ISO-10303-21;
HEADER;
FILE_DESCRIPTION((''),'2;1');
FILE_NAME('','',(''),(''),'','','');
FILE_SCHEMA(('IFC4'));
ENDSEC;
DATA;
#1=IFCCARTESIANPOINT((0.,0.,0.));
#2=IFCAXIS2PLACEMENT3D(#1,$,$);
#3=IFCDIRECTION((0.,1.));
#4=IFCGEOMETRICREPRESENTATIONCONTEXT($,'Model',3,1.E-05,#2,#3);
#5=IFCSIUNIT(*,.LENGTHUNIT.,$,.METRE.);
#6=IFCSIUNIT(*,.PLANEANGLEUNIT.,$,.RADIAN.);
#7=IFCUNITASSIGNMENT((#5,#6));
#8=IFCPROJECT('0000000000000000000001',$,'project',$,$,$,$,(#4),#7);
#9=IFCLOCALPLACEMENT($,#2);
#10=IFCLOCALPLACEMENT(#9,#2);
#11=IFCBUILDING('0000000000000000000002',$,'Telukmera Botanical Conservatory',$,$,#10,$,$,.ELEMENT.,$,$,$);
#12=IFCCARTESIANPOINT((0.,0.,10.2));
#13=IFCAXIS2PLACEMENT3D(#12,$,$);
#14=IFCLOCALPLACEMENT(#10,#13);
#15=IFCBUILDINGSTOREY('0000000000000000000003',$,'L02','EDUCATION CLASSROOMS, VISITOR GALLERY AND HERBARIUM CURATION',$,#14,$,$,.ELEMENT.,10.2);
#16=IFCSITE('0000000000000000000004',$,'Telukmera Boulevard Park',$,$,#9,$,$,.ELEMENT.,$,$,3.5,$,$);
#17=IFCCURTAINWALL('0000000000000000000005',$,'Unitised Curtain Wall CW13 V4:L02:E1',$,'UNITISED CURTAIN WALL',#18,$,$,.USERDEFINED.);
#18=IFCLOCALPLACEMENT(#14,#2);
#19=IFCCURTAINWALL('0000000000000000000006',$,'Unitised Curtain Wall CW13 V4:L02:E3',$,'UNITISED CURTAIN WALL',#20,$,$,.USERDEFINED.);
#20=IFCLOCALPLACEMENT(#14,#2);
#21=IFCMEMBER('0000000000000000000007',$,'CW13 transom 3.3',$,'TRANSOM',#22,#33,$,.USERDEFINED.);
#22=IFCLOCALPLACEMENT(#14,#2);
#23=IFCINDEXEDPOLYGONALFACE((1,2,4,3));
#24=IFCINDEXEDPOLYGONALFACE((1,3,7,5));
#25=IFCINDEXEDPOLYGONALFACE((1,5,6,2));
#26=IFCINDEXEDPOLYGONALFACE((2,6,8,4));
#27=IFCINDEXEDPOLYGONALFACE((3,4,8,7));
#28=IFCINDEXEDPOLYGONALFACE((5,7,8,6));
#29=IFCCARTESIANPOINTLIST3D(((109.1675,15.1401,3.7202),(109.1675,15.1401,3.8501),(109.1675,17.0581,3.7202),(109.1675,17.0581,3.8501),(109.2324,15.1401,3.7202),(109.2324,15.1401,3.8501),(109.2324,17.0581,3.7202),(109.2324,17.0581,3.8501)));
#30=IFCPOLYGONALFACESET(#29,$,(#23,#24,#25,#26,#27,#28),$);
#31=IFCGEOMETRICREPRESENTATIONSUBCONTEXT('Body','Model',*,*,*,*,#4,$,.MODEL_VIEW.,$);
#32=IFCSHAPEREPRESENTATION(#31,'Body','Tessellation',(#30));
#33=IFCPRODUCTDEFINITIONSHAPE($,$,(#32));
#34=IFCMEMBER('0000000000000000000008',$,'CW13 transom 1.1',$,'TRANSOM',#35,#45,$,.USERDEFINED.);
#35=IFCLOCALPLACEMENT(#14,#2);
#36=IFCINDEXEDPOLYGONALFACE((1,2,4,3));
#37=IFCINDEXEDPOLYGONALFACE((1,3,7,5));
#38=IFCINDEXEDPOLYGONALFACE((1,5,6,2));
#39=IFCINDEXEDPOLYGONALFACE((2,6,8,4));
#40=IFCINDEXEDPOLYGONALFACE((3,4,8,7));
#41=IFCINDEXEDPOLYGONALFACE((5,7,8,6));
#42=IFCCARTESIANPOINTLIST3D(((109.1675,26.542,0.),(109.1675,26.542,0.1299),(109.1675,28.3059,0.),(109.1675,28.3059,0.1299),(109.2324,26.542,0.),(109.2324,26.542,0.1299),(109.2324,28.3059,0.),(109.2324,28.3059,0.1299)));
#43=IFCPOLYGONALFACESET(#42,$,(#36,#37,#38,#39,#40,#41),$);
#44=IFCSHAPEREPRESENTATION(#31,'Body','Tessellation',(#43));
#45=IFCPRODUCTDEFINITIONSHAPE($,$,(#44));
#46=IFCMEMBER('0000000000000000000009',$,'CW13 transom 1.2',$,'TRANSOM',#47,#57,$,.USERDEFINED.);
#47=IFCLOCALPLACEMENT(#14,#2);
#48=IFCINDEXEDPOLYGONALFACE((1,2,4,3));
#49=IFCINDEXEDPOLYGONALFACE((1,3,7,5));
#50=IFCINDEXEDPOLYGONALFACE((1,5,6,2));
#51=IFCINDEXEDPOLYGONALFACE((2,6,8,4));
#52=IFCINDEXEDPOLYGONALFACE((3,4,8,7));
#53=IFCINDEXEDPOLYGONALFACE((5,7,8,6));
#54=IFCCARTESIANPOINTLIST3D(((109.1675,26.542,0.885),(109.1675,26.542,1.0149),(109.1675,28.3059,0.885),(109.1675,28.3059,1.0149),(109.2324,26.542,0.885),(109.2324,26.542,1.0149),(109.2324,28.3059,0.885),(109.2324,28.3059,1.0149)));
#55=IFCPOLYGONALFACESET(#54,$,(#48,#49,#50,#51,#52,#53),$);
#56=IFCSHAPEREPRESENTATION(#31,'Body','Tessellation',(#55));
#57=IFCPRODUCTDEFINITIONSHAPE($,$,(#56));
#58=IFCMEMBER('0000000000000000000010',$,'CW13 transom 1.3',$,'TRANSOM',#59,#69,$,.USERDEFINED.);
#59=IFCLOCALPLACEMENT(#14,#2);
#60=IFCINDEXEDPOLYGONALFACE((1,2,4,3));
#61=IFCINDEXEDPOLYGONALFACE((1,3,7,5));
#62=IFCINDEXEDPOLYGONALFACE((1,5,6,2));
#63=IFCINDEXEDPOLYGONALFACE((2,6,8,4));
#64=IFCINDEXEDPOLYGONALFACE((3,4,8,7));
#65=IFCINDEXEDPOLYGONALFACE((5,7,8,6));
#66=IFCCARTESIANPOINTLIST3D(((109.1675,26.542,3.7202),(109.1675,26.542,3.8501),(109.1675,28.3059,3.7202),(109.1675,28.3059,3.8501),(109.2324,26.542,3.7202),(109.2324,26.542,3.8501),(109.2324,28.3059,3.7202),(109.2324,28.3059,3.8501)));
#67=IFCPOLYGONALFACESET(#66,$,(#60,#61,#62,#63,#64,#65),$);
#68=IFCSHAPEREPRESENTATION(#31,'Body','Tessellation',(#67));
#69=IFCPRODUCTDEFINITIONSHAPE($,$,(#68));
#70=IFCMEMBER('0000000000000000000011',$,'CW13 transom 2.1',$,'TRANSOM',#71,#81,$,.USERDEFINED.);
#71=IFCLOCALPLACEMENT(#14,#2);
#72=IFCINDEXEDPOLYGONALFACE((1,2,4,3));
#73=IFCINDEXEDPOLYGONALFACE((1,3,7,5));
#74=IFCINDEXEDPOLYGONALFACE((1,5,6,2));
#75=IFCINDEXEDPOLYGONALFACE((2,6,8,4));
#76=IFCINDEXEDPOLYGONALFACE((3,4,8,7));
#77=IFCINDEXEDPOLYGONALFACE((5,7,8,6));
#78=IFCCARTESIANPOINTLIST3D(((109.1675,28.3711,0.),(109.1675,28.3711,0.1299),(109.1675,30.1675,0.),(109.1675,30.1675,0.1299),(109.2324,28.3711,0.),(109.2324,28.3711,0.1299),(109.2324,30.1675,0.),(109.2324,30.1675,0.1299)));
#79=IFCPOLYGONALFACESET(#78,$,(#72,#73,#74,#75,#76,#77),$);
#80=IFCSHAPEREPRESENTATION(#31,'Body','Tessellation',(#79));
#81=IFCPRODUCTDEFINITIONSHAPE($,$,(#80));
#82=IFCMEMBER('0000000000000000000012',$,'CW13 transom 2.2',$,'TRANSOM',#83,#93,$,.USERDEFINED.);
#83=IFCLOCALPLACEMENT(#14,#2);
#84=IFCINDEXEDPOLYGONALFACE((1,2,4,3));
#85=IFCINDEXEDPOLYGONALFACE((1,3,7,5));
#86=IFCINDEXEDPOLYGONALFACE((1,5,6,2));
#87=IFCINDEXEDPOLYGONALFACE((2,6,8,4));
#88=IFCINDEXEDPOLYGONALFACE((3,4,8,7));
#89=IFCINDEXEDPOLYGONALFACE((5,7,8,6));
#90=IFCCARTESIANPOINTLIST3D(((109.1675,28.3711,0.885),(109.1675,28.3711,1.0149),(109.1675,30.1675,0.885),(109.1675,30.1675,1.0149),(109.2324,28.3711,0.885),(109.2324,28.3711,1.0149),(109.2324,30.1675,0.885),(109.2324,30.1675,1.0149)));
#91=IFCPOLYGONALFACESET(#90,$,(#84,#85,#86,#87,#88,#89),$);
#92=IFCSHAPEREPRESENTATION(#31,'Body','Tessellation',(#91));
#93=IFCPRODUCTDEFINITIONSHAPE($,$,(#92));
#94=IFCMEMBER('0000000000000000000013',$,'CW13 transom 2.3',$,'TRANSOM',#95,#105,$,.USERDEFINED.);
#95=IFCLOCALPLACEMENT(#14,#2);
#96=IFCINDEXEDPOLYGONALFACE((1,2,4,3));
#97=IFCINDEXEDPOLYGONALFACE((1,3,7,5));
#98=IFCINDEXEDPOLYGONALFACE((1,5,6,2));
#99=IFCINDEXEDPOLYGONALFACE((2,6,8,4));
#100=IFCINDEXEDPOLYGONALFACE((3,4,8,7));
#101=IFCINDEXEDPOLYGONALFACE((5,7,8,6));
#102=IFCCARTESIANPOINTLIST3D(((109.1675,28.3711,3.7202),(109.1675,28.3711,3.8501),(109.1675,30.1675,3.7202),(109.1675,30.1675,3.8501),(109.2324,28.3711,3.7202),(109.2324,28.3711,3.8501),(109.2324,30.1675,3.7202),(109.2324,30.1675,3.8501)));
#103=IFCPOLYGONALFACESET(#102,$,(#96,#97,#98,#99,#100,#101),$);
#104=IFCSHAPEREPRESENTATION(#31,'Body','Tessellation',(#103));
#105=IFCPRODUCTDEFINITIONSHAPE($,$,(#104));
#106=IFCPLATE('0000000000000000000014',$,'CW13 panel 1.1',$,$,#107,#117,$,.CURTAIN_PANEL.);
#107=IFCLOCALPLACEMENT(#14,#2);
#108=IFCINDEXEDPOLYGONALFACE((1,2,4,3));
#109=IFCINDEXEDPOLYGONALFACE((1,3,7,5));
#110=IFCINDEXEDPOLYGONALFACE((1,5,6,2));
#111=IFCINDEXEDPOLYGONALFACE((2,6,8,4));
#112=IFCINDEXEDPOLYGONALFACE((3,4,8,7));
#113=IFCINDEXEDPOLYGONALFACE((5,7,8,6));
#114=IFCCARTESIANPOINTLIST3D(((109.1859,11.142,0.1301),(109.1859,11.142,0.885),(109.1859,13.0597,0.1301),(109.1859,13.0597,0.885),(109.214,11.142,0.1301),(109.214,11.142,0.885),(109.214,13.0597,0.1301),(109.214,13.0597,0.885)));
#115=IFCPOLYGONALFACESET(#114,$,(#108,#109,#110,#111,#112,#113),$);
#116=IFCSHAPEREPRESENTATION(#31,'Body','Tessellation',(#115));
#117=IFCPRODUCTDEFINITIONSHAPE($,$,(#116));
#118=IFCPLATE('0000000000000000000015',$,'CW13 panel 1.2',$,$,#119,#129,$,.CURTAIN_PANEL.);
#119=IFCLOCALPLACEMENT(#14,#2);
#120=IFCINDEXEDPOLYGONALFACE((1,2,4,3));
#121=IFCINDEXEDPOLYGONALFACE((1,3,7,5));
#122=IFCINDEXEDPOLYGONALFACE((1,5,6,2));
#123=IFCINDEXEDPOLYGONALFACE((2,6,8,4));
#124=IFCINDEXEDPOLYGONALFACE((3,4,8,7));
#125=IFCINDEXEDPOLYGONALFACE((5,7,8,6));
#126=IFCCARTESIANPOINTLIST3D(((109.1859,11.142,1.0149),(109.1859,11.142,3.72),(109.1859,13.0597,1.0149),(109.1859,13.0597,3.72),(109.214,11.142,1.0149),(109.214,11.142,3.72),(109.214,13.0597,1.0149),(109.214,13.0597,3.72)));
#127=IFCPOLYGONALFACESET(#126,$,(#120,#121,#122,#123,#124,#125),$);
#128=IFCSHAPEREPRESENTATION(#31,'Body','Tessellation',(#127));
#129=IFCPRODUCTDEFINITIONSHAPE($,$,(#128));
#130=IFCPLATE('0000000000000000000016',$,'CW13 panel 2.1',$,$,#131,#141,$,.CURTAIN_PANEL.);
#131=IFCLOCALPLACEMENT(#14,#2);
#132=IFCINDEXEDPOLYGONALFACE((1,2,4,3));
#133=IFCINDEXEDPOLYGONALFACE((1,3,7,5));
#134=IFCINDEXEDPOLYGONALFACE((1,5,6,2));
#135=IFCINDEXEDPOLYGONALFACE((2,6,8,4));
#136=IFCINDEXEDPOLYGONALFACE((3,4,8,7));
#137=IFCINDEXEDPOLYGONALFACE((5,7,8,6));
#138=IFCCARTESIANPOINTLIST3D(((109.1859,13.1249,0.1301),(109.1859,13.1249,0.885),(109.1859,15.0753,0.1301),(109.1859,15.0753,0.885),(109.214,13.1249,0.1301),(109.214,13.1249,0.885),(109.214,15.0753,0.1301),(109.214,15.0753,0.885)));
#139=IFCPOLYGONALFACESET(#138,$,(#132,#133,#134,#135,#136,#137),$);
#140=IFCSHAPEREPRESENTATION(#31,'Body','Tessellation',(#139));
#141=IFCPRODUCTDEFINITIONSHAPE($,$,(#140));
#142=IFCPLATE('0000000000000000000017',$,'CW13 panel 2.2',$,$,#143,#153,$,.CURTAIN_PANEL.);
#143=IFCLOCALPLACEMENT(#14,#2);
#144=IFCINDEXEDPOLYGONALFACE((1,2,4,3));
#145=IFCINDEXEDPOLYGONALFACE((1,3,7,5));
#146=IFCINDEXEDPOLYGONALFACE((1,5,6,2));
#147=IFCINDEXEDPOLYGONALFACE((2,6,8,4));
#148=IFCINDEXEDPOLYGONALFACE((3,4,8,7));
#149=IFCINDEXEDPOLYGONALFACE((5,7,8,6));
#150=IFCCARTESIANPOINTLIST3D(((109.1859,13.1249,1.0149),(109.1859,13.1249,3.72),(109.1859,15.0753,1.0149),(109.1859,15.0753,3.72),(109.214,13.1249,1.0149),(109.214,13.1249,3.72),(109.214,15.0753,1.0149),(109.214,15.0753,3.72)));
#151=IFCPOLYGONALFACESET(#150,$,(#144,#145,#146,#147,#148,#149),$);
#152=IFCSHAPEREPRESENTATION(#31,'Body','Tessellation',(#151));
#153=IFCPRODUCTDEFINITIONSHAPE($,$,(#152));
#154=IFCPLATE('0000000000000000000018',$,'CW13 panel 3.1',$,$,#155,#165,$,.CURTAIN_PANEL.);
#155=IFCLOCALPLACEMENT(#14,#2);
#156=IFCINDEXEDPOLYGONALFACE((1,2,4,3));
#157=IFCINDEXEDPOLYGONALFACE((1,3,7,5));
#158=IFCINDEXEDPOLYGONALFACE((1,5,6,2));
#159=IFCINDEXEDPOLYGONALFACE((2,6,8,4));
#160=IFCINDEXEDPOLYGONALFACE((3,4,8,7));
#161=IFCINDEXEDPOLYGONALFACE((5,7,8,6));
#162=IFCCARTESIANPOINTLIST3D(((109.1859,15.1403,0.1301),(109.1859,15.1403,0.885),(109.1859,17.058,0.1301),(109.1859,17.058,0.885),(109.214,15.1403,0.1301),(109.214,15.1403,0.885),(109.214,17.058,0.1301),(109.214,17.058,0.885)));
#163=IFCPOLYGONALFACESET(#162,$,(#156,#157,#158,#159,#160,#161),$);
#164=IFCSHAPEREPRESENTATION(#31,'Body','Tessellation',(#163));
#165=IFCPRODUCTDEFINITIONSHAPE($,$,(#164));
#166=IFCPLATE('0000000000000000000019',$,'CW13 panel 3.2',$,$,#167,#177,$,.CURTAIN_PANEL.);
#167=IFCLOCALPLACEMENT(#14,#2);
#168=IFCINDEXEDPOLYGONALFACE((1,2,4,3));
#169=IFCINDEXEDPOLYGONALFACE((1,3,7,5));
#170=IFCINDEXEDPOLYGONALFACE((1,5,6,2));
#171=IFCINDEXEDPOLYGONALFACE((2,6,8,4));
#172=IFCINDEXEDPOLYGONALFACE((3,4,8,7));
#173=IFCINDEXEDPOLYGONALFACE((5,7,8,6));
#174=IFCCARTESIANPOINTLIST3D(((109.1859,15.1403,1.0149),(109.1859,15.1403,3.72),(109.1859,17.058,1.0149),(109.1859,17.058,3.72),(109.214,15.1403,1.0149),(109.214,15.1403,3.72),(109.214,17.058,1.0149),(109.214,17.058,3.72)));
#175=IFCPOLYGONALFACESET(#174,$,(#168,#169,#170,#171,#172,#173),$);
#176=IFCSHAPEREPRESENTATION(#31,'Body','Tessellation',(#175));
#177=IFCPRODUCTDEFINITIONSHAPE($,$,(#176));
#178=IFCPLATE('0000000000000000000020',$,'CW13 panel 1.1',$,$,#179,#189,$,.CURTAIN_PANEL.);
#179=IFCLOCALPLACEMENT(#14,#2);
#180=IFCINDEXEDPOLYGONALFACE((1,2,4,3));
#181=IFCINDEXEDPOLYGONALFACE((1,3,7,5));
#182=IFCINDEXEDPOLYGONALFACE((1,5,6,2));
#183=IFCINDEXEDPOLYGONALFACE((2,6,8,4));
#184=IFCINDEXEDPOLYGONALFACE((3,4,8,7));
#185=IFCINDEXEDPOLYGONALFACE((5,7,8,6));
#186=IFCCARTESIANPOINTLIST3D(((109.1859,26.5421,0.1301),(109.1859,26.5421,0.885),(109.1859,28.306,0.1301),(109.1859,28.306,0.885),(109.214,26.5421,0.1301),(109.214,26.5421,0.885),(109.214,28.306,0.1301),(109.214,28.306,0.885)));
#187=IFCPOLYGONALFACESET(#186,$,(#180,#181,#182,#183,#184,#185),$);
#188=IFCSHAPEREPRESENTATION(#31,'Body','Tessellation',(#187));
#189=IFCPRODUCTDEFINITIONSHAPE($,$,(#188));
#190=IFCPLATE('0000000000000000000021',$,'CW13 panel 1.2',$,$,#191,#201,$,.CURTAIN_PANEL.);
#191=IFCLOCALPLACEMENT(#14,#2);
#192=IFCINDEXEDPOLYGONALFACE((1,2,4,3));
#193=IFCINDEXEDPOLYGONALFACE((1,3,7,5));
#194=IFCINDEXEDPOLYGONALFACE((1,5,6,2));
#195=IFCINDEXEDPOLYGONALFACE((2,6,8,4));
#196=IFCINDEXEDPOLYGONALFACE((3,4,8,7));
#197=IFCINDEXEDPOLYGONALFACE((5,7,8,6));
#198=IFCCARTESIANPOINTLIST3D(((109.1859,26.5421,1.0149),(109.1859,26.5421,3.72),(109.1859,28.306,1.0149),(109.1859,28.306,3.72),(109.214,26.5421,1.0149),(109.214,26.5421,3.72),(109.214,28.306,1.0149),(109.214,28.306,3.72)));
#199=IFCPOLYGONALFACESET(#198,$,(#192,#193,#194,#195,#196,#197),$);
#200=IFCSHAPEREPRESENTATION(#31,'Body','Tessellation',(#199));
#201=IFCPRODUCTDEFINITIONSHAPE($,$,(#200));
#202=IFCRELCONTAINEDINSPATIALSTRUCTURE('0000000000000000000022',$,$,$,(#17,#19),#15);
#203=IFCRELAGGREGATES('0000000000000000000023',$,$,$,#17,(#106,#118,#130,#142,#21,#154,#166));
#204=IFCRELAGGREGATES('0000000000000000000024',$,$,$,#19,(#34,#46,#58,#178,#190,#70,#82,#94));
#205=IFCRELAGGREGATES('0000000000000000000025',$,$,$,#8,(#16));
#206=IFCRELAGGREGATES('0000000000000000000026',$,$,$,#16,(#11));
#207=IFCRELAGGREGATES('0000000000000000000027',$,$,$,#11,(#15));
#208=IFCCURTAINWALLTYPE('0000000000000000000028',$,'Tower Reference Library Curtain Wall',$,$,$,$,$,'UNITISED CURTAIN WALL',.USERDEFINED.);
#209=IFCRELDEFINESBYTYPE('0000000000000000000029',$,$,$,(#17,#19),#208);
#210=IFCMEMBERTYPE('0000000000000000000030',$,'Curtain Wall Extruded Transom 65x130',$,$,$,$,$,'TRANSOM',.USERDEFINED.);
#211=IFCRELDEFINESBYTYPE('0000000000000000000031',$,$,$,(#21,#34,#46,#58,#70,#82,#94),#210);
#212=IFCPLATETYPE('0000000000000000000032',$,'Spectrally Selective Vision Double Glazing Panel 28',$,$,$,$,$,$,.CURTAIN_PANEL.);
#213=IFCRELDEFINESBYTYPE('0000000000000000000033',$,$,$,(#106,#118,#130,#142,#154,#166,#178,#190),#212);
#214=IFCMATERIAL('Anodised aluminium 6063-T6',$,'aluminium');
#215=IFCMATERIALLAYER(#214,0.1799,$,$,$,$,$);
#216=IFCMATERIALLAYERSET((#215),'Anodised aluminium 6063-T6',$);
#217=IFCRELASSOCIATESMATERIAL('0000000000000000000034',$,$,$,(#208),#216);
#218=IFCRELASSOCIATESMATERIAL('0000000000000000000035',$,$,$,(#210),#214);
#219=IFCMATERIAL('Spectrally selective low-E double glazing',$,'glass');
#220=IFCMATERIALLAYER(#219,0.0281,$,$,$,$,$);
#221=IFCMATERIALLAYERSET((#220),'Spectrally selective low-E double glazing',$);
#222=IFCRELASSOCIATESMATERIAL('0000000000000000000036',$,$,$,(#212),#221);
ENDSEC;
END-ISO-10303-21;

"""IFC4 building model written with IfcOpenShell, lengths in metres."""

from ifc_helpers import new_model, si_unit, direction, frame, origin, origin_2d, place, context, subcontext, project, spatial, rectangle, extrude, material, layer, layer_set, material_profile, profile_set, type_object, element, aggregate, save


model = new_model("IFC4")

# Units and contexts
model_context = context("Model", 3, precision=1e-05, world=origin(), true_north=direction((0.0, 1.0)))
body_context = subcontext(model_context, "Body", "Model", "MODEL_VIEW")
ifc_project = project(units=[si_unit("LENGTHUNIT", "METRE"), si_unit("PLANEANGLEUNIT", "RADIAN")], contexts=[model_context])

# Site, building, storey
site_placement = place(None, origin())
site = spatial("IfcSite", under=ifc_project, at=site_placement, Name="Telukmera Boulevard Park", CompositionType="ELEMENT", RefElevation=3.5)
building_placement = place(site_placement, origin())
building = spatial("IfcBuilding", under=site, at=building_placement, Name="Telukmera Botanical Conservatory", CompositionType="ELEMENT")
storey_placement = place(building_placement, frame((0.0, 0.0, 10.2)))
storey = spatial("IfcBuildingStorey", under=building, at=storey_placement, Name="L02", Description="EDUCATION CLASSROOMS, VISITOR GALLERY AND HERBARIUM CURATION", CompositionType="ELEMENT", Elevation=10.2)

# Curtain walls
ifc_material_1 = material(Name="Anodised aluminium 6063-T6", Category="aluminium")
ifc_layer_1 = layer(ifc_material_1, 0.1799)
ifc_layer_set_1 = layer_set([ifc_layer_1], Name="Anodised aluminium 6063-T6")
curtain_wall_type = type_object("IfcCurtainWallType", Name="Tower Reference Library Curtain Wall", ElementType="UNITISED CURTAIN WALL", PredefinedType="USERDEFINED", material=ifc_layer_set_1)
curtain_wall_1_placement = place(storey_placement, origin())
curtain_wall_1 = element("IfcCurtainWall", 1, at=curtain_wall_1_placement, inside=storey, type_object=curtain_wall_type, Name="Unitised Curtain Wall CW13 V4:L02:E1", ObjectType="UNITISED CURTAIN WALL", PredefinedType="USERDEFINED")
curtain_wall_2_placement = place(storey_placement, origin())
curtain_wall_2 = element("IfcCurtainWall", 2, at=curtain_wall_2_placement, inside=storey, type_object=curtain_wall_type, Name="Unitised Curtain Wall CW13 V4:L02:E3", ObjectType="UNITISED CURTAIN WALL", PredefinedType="USERDEFINED")

# Members
ifc_material_profile_1 = material_profile(ifc_material_1, rectangle(XDim=0.0649, YDim=0.1299, at=origin_2d()), Name="ALU TRAN 65x130")
ifc_profile_set_1 = profile_set([ifc_material_profile_1], Name="Anodised aluminium 6063-T6")
member_type_1 = type_object("IfcMemberType", Name="Curtain Wall Extruded Transom 65x130", ElementType="TRANSOM", PredefinedType="USERDEFINED", material=ifc_profile_set_1)
member_1_placement = place(storey_placement, frame((109.2, 15.1401, 3.7852), z_axis=(0.0, 1.0, 0.0), x_axis=(-1.0, 0.0, 0.0)))
member_1 = element("IfcMember", 3, at=member_1_placement, type_object=member_type_1, Name="CW13 transom 3.3", ObjectType="TRANSOM", PredefinedType="USERDEFINED", context=body_context, shape_type="SweptSolid", body=[
    extrude(rectangle(XDim=0.0649, YDim=0.1299, at=origin_2d()), origin(), (0.0, 0.0, 1.0), 1.918),
])
member_2_placement = place(storey_placement, frame((109.2, 26.542, 0.0649), z_axis=(0.0, 1.0, 0.0), x_axis=(-1.0, 0.0, 0.0)))
member_2 = element("IfcMember", 4, at=member_2_placement, type_object=member_type_1, Name="CW13 transom 1.1", ObjectType="TRANSOM", PredefinedType="USERDEFINED", context=body_context, shape_type="SweptSolid", body=[
    extrude(rectangle(XDim=0.0649, YDim=0.1299, at=origin_2d()), origin(), (0.0, 0.0, 1.0), 1.7639),
])
member_3_placement = place(storey_placement, frame((109.2, 26.542, 0.95), z_axis=(0.0, 1.0, 0.0), x_axis=(-1.0, 0.0, 0.0)))
member_3 = element("IfcMember", 5, at=member_3_placement, type_object=member_type_1, Name="CW13 transom 1.2", ObjectType="TRANSOM", PredefinedType="USERDEFINED", context=body_context, shape_type="SweptSolid", body=[
    extrude(rectangle(XDim=0.0649, YDim=0.1299, at=origin_2d()), origin(), (0.0, 0.0, 1.0), 1.7639),
])
member_4_placement = place(storey_placement, frame((109.2, 26.542, 3.7852), z_axis=(0.0, 1.0, 0.0), x_axis=(-1.0, 0.0, 0.0)))
member_4 = element("IfcMember", 6, at=member_4_placement, type_object=member_type_1, Name="CW13 transom 1.3", ObjectType="TRANSOM", PredefinedType="USERDEFINED", context=body_context, shape_type="SweptSolid", body=[
    extrude(rectangle(XDim=0.0649, YDim=0.1299, at=origin_2d()), origin(), (0.0, 0.0, 1.0), 1.7639),
])
member_5_placement = place(storey_placement, frame((109.2, 28.3711, 0.0649), z_axis=(0.0, 1.0, 0.0), x_axis=(-1.0, 0.0, 0.0)))
member_5 = element("IfcMember", 7, at=member_5_placement, type_object=member_type_1, Name="CW13 transom 2.1", ObjectType="TRANSOM", PredefinedType="USERDEFINED", context=body_context, shape_type="SweptSolid", body=[
    extrude(rectangle(XDim=0.0649, YDim=0.1299, at=origin_2d()), origin(), (0.0, 0.0, 1.0), 1.7964),
])
member_6_placement = place(storey_placement, frame((109.2, 28.3711, 0.95), z_axis=(0.0, 1.0, 0.0), x_axis=(-1.0, 0.0, 0.0)))
member_6 = element("IfcMember", 8, at=member_6_placement, type_object=member_type_1, Name="CW13 transom 2.2", ObjectType="TRANSOM", PredefinedType="USERDEFINED", context=body_context, shape_type="SweptSolid", body=[
    extrude(rectangle(XDim=0.0649, YDim=0.1299, at=origin_2d()), origin(), (0.0, 0.0, 1.0), 1.7964),
])
member_7_placement = place(storey_placement, frame((109.2, 28.3711, 3.7852), z_axis=(0.0, 1.0, 0.0), x_axis=(-1.0, 0.0, 0.0)))
member_7 = element("IfcMember", 9, at=member_7_placement, type_object=member_type_1, Name="CW13 transom 2.3", ObjectType="TRANSOM", PredefinedType="USERDEFINED", context=body_context, shape_type="SweptSolid", body=[
    extrude(rectangle(XDim=0.0649, YDim=0.1299, at=origin_2d()), origin(), (0.0, 0.0, 1.0), 1.7964),
])

# Plates
ifc_material_2 = material(Name="Spectrally selective low-E double glazing", Category="glass")
ifc_layer_2 = layer(ifc_material_2, 0.0281)
ifc_layer_set_2 = layer_set([ifc_layer_2], Name="Spectrally selective low-E double glazing")
plate_type = type_object("IfcPlateType", Name="Spectrally Selective Vision Double Glazing Panel 28", PredefinedType="CURTAIN_PANEL", material=ifc_layer_set_2)
plate_1_placement = place(storey_placement, frame((109.2, 12.1008, 0.1301), z_axis=(0.0, 0.0, 1.0), x_axis=(0.0, 1.0, 0.0)))
plate_1 = element("IfcPlate", 10, at=plate_1_placement, type_object=plate_type, Name="CW13 panel 1.1", PredefinedType="CURTAIN_PANEL", context=body_context, shape_type="SweptSolid", body=[
    extrude(rectangle(XDim=1.9177, YDim=0.0281, at=origin_2d()), origin(), (0.0, 0.0, 1.0), 0.7549),
])
plate_2_placement = place(storey_placement, frame((109.2, 12.1008, 1.0149), z_axis=(0.0, 0.0, 1.0), x_axis=(0.0, 1.0, 0.0)))
plate_2 = element("IfcPlate", 11, at=plate_2_placement, type_object=plate_type, Name="CW13 panel 1.2", PredefinedType="CURTAIN_PANEL", context=body_context, shape_type="SweptSolid", body=[
    extrude(rectangle(XDim=1.9177, YDim=0.0281, at=origin_2d()), origin(), (0.0, 0.0, 1.0), 2.7051),
])
plate_3_placement = place(storey_placement, frame((109.2, 14.1001, 0.1301), z_axis=(0.0, 0.0, 1.0), x_axis=(0.0, 1.0, 0.0)))
plate_3 = element("IfcPlate", 12, at=plate_3_placement, type_object=plate_type, Name="CW13 panel 2.1", PredefinedType="CURTAIN_PANEL", context=body_context, shape_type="SweptSolid", body=[
    extrude(rectangle(XDim=1.9504, YDim=0.0281, at=origin_2d()), origin(), (0.0, 0.0, 1.0), 0.7549),
])
plate_4_placement = place(storey_placement, frame((109.2, 14.1001, 1.0149), z_axis=(0.0, 0.0, 1.0), x_axis=(0.0, 1.0, 0.0)))
plate_4 = element("IfcPlate", 13, at=plate_4_placement, type_object=plate_type, Name="CW13 panel 2.2", PredefinedType="CURTAIN_PANEL", context=body_context, shape_type="SweptSolid", body=[
    extrude(rectangle(XDim=1.9504, YDim=0.0281, at=origin_2d()), origin(), (0.0, 0.0, 1.0), 2.7051),
])
plate_5_placement = place(storey_placement, frame((109.2, 16.0991, 0.1301), z_axis=(0.0, 0.0, 1.0), x_axis=(0.0, 1.0, 0.0)))
plate_5 = element("IfcPlate", 14, at=plate_5_placement, type_object=plate_type, Name="CW13 panel 3.1", PredefinedType="CURTAIN_PANEL", context=body_context, shape_type="SweptSolid", body=[
    extrude(rectangle(XDim=1.9177, YDim=0.0281, at=origin_2d()), origin(), (0.0, 0.0, 1.0), 0.7549),
])
plate_6_placement = place(storey_placement, frame((109.2, 16.0991, 1.0149), z_axis=(0.0, 0.0, 1.0), x_axis=(0.0, 1.0, 0.0)))
plate_6 = element("IfcPlate", 15, at=plate_6_placement, type_object=plate_type, Name="CW13 panel 3.2", PredefinedType="CURTAIN_PANEL", context=body_context, shape_type="SweptSolid", body=[
    extrude(rectangle(XDim=1.9177, YDim=0.0281, at=origin_2d()), origin(), (0.0, 0.0, 1.0), 2.7051),
])
aggregate(curtain_wall_1, [plate_1, plate_2, plate_3, plate_4, member_1, plate_5, plate_6])
plate_7_placement = place(storey_placement, frame((109.2, 27.4241, 0.1301), z_axis=(0.0, 0.0, 1.0), x_axis=(0.0, 1.0, 0.0)))
plate_7 = element("IfcPlate", 16, at=plate_7_placement, type_object=plate_type, Name="CW13 panel 1.1", PredefinedType="CURTAIN_PANEL", context=body_context, shape_type="SweptSolid", body=[
    extrude(rectangle(XDim=1.7639, YDim=0.0281, at=origin_2d()), origin(), (0.0, 0.0, 1.0), 0.7549),
])
plate_8_placement = place(storey_placement, frame((109.2, 27.4241, 1.0149), z_axis=(0.0, 0.0, 1.0), x_axis=(0.0, 1.0, 0.0)))
plate_8 = element("IfcPlate", 17, at=plate_8_placement, type_object=plate_type, Name="CW13 panel 1.2", PredefinedType="CURTAIN_PANEL", context=body_context, shape_type="SweptSolid", body=[
    extrude(rectangle(XDim=1.7639, YDim=0.0281, at=origin_2d()), origin(), (0.0, 0.0, 1.0), 2.7051),
])
aggregate(curtain_wall_2, [member_2, member_3, member_4, plate_7, plate_8, member_5, member_6, member_7])

save(model, "model.ifc")
